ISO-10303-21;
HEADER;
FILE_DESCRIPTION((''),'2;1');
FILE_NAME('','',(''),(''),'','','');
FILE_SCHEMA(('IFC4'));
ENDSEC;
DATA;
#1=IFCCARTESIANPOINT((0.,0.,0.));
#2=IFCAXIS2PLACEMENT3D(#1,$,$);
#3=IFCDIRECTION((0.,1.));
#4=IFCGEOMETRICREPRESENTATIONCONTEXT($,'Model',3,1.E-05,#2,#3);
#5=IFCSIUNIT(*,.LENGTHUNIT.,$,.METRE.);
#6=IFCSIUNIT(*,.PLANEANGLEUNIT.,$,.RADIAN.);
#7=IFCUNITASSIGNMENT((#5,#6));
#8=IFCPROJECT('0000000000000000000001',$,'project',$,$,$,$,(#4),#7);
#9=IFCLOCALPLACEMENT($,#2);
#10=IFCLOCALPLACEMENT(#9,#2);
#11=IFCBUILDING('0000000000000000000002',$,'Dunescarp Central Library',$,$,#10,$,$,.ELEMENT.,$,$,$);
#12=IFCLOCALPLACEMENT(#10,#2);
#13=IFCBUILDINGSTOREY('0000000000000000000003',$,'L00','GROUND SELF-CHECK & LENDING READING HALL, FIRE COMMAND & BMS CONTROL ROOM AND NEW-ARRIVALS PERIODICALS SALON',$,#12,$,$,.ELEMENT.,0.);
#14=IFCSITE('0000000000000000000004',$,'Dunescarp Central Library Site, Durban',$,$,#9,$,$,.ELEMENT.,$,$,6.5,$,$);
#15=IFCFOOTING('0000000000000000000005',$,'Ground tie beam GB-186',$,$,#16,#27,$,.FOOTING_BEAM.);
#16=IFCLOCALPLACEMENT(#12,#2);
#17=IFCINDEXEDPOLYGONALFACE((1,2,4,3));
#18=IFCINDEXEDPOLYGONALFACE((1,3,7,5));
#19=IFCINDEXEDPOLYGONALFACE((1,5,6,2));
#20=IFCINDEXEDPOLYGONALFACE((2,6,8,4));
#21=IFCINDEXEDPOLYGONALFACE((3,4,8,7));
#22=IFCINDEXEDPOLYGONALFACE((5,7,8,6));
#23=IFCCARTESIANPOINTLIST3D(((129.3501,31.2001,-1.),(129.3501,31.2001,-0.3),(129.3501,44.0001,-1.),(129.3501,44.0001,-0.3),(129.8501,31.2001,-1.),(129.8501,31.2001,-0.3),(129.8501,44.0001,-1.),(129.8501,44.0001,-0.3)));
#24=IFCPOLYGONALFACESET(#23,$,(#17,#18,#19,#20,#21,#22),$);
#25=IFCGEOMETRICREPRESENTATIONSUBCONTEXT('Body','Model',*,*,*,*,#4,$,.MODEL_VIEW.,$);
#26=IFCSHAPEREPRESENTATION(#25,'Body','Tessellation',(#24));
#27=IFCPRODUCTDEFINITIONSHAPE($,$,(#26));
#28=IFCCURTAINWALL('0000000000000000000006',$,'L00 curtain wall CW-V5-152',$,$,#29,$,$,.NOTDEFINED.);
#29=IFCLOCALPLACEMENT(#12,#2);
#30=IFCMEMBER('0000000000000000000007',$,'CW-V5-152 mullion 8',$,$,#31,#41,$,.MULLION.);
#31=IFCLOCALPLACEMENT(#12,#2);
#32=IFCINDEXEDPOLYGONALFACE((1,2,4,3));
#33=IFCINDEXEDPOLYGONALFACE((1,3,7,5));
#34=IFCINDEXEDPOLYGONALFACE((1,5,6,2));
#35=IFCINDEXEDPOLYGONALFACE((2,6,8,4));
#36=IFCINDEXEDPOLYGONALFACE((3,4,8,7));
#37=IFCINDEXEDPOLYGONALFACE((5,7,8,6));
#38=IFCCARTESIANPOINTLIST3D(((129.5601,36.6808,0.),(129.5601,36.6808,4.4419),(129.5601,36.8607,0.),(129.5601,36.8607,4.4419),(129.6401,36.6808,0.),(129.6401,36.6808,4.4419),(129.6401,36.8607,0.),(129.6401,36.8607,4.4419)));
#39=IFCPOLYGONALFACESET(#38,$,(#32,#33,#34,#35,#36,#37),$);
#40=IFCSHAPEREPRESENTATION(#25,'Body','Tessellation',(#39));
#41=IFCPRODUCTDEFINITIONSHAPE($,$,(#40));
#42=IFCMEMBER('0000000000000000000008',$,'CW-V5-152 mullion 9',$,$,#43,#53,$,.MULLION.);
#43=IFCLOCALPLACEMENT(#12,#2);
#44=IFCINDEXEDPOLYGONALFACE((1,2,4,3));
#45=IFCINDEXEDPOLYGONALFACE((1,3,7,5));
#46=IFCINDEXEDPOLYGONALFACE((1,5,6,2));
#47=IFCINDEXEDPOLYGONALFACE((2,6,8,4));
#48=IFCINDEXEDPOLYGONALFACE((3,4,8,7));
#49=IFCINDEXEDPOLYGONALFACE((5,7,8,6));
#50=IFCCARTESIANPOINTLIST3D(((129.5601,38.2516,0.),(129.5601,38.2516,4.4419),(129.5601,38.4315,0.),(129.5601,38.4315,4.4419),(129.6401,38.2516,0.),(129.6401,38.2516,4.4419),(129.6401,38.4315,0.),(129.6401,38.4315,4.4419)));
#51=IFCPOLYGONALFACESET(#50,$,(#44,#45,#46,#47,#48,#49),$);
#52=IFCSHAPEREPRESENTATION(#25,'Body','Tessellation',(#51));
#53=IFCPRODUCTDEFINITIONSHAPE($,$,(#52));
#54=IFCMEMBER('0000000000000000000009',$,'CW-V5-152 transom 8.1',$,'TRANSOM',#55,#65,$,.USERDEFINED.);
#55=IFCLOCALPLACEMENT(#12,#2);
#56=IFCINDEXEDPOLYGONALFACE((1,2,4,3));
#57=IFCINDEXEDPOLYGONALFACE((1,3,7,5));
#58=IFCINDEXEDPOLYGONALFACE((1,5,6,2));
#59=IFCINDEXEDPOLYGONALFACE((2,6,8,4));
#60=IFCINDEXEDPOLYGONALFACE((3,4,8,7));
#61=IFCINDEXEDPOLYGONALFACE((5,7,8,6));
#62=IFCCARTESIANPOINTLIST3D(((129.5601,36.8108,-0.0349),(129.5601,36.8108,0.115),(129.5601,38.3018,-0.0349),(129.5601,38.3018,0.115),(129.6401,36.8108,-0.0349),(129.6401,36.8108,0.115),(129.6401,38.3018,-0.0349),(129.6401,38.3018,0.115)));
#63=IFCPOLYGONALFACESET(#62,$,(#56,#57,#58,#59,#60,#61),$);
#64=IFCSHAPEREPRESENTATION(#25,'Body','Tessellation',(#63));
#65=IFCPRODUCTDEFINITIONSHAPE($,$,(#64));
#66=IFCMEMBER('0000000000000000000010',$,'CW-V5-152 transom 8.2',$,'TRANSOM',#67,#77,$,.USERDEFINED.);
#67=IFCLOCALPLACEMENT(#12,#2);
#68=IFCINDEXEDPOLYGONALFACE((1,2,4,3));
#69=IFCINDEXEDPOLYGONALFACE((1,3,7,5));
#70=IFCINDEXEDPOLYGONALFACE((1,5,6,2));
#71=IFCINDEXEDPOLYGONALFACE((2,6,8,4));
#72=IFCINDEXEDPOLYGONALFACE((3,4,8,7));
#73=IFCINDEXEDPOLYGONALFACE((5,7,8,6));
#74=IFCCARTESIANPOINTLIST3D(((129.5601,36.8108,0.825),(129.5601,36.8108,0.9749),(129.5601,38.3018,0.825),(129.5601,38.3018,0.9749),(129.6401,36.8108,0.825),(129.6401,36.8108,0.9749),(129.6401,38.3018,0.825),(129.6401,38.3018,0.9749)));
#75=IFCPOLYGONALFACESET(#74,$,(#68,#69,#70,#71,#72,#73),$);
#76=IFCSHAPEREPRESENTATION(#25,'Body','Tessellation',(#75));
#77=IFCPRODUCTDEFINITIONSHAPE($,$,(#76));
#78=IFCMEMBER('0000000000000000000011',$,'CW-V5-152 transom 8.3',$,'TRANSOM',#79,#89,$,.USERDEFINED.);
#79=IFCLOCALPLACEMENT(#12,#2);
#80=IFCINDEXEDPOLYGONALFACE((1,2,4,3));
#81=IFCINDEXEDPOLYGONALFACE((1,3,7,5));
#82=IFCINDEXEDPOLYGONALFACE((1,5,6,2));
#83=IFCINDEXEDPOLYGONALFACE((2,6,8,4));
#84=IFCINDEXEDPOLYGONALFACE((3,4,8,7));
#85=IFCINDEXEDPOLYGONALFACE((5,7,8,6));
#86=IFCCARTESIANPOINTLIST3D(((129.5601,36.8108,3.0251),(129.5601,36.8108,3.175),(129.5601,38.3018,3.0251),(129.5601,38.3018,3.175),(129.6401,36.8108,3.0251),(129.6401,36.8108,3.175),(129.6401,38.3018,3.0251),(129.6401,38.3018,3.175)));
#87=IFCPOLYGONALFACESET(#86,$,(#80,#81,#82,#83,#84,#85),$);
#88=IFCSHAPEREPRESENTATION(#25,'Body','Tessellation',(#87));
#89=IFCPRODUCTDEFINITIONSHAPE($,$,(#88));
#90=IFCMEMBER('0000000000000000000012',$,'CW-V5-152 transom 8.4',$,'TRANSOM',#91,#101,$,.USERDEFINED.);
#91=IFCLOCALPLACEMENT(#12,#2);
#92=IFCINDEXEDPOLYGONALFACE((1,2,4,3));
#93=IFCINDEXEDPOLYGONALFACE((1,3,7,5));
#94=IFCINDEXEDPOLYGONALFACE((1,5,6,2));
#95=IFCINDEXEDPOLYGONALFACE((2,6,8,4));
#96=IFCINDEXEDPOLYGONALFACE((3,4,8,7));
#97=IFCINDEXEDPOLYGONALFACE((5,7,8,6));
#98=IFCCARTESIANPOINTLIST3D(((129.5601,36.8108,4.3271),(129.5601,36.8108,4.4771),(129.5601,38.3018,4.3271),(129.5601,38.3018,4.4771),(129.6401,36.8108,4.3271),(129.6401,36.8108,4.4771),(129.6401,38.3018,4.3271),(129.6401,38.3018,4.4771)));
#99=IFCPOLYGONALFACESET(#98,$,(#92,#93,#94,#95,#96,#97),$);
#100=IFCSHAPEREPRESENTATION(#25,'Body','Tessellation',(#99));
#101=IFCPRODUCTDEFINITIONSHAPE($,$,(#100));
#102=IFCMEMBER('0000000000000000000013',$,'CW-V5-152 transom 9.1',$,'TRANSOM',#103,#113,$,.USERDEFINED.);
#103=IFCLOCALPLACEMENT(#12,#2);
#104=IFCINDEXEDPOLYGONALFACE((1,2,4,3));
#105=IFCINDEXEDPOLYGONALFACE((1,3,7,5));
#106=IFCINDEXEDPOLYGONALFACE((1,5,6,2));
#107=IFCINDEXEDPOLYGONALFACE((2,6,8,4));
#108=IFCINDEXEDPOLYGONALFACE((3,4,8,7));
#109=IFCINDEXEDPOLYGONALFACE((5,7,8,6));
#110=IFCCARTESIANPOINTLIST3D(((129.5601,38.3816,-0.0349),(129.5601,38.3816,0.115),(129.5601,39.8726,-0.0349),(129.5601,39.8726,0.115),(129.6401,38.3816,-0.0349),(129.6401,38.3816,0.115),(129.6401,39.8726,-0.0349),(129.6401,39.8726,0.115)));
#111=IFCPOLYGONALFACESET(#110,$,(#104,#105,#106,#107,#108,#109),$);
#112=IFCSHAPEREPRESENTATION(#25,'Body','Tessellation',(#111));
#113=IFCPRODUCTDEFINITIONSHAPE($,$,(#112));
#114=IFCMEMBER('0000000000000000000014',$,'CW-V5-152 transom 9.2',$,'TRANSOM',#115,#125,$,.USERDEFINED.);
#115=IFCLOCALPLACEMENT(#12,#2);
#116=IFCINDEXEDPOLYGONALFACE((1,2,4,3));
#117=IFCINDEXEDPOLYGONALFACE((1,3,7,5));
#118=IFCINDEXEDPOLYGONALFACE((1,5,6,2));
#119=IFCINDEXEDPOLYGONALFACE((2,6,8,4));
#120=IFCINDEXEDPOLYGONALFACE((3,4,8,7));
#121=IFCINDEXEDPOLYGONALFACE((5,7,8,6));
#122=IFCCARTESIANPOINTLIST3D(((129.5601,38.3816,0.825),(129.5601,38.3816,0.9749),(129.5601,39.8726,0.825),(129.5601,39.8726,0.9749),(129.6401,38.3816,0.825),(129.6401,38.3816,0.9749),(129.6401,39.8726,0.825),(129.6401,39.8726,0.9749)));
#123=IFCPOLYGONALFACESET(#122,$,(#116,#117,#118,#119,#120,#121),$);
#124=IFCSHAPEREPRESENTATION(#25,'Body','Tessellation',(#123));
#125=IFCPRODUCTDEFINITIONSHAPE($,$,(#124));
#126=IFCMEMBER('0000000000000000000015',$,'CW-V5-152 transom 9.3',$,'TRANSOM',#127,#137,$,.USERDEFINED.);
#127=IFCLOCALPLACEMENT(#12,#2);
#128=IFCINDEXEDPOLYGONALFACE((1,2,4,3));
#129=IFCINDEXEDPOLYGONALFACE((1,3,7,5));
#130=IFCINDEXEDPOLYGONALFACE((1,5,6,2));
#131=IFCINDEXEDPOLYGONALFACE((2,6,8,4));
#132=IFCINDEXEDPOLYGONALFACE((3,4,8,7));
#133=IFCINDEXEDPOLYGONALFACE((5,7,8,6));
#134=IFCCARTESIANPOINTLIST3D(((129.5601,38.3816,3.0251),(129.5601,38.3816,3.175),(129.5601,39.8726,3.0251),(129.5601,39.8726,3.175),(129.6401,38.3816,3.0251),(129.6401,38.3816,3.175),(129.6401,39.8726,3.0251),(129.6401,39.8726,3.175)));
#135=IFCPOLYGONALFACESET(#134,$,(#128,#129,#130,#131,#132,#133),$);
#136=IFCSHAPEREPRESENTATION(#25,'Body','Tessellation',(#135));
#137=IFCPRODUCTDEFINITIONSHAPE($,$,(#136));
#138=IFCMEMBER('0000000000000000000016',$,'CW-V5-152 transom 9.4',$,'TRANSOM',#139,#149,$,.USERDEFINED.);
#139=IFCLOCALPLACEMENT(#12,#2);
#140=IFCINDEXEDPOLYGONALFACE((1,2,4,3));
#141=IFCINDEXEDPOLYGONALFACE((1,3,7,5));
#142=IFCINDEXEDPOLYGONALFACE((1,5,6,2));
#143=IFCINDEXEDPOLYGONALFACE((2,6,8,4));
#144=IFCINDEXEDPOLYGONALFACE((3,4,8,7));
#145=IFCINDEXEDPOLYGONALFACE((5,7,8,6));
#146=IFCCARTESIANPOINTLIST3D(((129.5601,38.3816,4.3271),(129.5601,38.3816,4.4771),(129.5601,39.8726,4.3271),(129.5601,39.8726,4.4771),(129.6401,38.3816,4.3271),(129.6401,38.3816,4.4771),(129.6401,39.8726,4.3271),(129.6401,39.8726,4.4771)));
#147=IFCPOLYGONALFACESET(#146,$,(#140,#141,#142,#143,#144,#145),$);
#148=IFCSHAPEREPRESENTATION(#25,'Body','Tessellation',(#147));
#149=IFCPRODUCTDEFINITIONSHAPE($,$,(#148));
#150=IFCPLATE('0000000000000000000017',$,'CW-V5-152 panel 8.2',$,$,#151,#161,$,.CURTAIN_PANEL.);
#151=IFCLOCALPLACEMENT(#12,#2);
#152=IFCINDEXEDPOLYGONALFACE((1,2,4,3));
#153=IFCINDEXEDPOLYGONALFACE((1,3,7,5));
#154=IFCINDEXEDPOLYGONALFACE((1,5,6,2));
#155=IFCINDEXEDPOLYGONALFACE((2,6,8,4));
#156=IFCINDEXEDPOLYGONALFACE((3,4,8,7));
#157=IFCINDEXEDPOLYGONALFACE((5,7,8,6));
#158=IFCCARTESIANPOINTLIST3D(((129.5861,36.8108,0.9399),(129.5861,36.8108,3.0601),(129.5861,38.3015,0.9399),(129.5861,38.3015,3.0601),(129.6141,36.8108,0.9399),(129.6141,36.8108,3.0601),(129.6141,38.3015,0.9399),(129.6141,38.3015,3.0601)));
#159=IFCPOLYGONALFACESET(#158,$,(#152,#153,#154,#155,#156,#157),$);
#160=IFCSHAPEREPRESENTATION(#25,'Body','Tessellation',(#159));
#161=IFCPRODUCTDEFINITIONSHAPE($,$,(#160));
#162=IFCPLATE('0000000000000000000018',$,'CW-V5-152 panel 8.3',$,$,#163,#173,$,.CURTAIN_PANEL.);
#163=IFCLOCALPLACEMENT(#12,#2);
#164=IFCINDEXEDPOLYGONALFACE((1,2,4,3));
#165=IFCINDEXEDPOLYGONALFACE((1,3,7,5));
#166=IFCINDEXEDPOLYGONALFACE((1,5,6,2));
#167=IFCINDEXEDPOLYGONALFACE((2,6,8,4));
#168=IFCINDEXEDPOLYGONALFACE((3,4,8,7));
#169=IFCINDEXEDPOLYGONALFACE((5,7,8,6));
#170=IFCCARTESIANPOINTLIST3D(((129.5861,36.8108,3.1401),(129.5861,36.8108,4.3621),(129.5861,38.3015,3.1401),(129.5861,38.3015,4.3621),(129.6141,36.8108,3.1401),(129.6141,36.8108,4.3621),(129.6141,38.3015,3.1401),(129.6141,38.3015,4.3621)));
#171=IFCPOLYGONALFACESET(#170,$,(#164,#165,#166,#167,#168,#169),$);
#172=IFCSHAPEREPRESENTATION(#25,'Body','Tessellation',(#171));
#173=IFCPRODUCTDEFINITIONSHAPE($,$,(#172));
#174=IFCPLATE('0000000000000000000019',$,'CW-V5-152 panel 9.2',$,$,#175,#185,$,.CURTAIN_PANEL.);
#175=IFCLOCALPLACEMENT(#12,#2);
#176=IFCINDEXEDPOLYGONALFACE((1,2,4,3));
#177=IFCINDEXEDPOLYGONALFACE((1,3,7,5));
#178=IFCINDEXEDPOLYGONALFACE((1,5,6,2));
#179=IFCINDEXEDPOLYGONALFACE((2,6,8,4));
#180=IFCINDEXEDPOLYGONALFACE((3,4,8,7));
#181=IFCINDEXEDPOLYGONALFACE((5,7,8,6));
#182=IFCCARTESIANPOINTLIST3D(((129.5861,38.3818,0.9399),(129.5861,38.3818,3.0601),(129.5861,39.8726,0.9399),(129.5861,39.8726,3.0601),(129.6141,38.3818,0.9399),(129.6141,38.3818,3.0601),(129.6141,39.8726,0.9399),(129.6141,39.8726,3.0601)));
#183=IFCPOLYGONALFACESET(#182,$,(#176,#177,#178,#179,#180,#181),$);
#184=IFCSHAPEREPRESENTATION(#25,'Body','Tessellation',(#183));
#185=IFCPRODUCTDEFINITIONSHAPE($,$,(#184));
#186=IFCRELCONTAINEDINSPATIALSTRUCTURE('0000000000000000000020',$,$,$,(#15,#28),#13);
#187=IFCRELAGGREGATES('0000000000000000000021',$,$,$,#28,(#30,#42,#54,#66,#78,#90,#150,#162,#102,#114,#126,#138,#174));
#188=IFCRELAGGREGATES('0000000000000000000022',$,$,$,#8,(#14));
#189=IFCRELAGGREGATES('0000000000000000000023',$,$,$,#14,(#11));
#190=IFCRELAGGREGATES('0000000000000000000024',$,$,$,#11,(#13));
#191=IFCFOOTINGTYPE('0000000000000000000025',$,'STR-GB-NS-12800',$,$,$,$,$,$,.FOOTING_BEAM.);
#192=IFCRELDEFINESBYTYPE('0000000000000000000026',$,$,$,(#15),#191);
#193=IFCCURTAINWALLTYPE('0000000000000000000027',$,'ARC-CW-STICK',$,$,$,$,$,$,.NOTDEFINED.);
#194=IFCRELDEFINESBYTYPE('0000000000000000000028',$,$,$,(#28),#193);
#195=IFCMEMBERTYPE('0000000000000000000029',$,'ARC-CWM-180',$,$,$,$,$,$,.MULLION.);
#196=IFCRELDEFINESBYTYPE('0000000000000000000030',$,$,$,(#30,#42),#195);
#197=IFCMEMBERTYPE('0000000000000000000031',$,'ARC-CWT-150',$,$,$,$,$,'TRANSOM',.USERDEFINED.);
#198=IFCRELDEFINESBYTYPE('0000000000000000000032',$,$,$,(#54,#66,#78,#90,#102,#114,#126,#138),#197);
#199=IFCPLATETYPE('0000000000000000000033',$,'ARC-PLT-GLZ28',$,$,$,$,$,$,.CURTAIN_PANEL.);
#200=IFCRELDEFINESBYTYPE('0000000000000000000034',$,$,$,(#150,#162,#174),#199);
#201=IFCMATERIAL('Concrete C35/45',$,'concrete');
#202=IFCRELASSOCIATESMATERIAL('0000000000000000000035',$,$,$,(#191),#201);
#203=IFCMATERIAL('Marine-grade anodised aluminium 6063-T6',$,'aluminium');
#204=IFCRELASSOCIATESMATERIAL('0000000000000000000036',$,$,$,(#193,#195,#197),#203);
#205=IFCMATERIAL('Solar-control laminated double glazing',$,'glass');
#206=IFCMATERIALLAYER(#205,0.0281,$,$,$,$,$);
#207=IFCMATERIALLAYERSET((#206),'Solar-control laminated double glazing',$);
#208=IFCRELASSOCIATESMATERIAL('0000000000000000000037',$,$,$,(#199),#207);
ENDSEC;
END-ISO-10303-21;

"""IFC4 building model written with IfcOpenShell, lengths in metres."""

from ifc_helpers import new_model, si_unit, direction, frame, origin, origin_2d, place, context, subcontext, project, spatial, rectangle, extrude, material, layer, layer_set, material_profile, profile_set, type_object, element, aggregate, save


model = new_model("IFC4")

# Units and contexts
model_context = context("Model", 3, precision=1e-05, world=origin(), true_north=direction((0.0, 1.0)))
body_context = subcontext(model_context, "Body", "Model", "MODEL_VIEW")
ifc_project = project(units=[si_unit("LENGTHUNIT", "METRE"), si_unit("PLANEANGLEUNIT", "RADIAN")], contexts=[model_context])

# Site, building, storey
site_placement = place(None, origin())
site = spatial("IfcSite", under=ifc_project, at=site_placement, Name="Dunescarp Central Library Site, Durban", CompositionType="ELEMENT", RefElevation=6.5)
building_placement = place(site_placement, origin())
building = spatial("IfcBuilding", under=site, at=building_placement, Name="Dunescarp Central Library", CompositionType="ELEMENT")
storey_placement = place(building_placement, origin())
storey = spatial("IfcBuildingStorey", under=building, at=storey_placement, Name="L00", Description="GROUND SELF-CHECK & LENDING READING HALL, FIRE COMMAND & BMS CONTROL ROOM AND NEW-ARRIVALS PERIODICALS SALON", CompositionType="ELEMENT", Elevation=0.0)

# Footing
ifc_material_1 = material(Name="Concrete C35/45", Category="concrete")
footing_type = type_object("IfcFootingType", Name="STR-GB-NS-12800", PredefinedType="FOOTING_BEAM", material=ifc_material_1)
footing_placement = place(storey_placement, frame((129.6001, 37.6001, -1.0), z_axis=(0.0, 0.0, 1.0), x_axis=(0.0, 1.0, 0.0)))
element("IfcFooting", 1, at=footing_placement, inside=storey, type_object=footing_type, Name="Ground tie beam GB-186", PredefinedType="FOOTING_BEAM", context=body_context, shape_type="SweptSolid", body=[
    extrude(rectangle(XDim=12.8, YDim=0.5, at=origin_2d()), origin(), (0.0, 0.0, 1.0), 0.7),
])

# Curtain wall, members, plates
ifc_material_2 = material(Name="Marine-grade anodised aluminium 6063-T6", Category="aluminium")
curtain_wall_type = type_object("IfcCurtainWallType", Name="ARC-CW-STICK", PredefinedType="NOTDEFINED", material=ifc_material_2)
curtain_wall_placement = place(storey_placement, origin())
curtain_wall = element("IfcCurtainWall", 2, at=curtain_wall_placement, inside=storey, type_object=curtain_wall_type, Name="L00 curtain wall CW-V5-152", PredefinedType="NOTDEFINED")
ifc_material_profile_1 = material_profile(ifc_material_2, rectangle(XDim=0.0801, YDim=0.1799, at=origin_2d()), Name="AL 80x180")
ifc_profile_set_1 = profile_set([ifc_material_profile_1], Name="Marine-grade anodised aluminium 6063-T6")
member_type_1 = type_object("IfcMemberType", Name="ARC-CWM-180", PredefinedType="MULLION", material=ifc_profile_set_1)
member_1_placement = place(storey_placement, frame((129.6001, 36.7708, 0.0), z_axis=(0.0, 0.0, 1.0), x_axis=(-1.0, 0.0, 0.0)))
member_1 = element("IfcMember", 3, at=member_1_placement, type_object=member_type_1, Name="CW-V5-152 mullion 8", PredefinedType="MULLION", context=body_context, shape_type="SweptSolid", body=[
    extrude(rectangle(XDim=0.0801, YDim=0.1799, at=origin_2d()), origin(), (0.0, 0.0, 1.0), 4.4419),
])
member_2_placement = place(storey_placement, frame((129.6001, 38.3416, 0.0), z_axis=(0.0, 0.0, 1.0), x_axis=(-1.0, 0.0, 0.0)))
member_2 = element("IfcMember", 4, at=member_2_placement, type_object=member_type_1, Name="CW-V5-152 mullion 9", PredefinedType="MULLION", context=body_context, shape_type="SweptSolid", body=[
    extrude(rectangle(XDim=0.0801, YDim=0.1799, at=origin_2d()), origin(), (0.0, 0.0, 1.0), 4.4419),
])
ifc_material_profile_2 = material_profile(ifc_material_2, rectangle(XDim=0.0801, YDim=0.1499, at=origin_2d()), Name="AL 80x150")
ifc_profile_set_2 = profile_set([ifc_material_profile_2], Name="Marine-grade anodised aluminium 6063-T6")
member_type_2 = type_object("IfcMemberType", Name="ARC-CWT-150", ElementType="TRANSOM", PredefinedType="USERDEFINED", material=ifc_profile_set_2)
member_3_placement = place(storey_placement, frame((129.6001, 36.8108, 0.04), z_axis=(0.0, 1.0, 0.0), x_axis=(-1.0, 0.0, 0.0)))
member_3 = element("IfcMember", 5, at=member_3_placement, type_object=member_type_2, Name="CW-V5-152 transom 8.1", ObjectType="TRANSOM", PredefinedType="USERDEFINED", context=body_context, shape_type="SweptSolid", body=[
    extrude(rectangle(XDim=0.0801, YDim=0.1499, at=origin_2d()), origin(), (0.0, 0.0, 1.0), 1.491),
])
member_4_placement = place(storey_placement, frame((129.6001, 36.8108, 0.8999), z_axis=(0.0, 1.0, 0.0), x_axis=(-1.0, 0.0, 0.0)))
member_4 = element("IfcMember", 6, at=member_4_placement, type_object=member_type_2, Name="CW-V5-152 transom 8.2", ObjectType="TRANSOM", PredefinedType="USERDEFINED", context=body_context, shape_type="SweptSolid", body=[
    extrude(rectangle(XDim=0.0801, YDim=0.1499, at=origin_2d()), origin(), (0.0, 0.0, 1.0), 1.491),
])
member_5_placement = place(storey_placement, frame((129.6001, 36.8108, 3.1001), z_axis=(0.0, 1.0, 0.0), x_axis=(-1.0, 0.0, 0.0)))
member_5 = element("IfcMember", 7, at=member_5_placement, type_object=member_type_2, Name="CW-V5-152 transom 8.3", ObjectType="TRANSOM", PredefinedType="USERDEFINED", context=body_context, shape_type="SweptSolid", body=[
    extrude(rectangle(XDim=0.0801, YDim=0.1499, at=origin_2d()), origin(), (0.0, 0.0, 1.0), 1.491),
])
member_6_placement = place(storey_placement, frame((129.6001, 36.8108, 4.4021), z_axis=(0.0, 1.0, 0.0), x_axis=(-1.0, 0.0, 0.0)))
member_6 = element("IfcMember", 8, at=member_6_placement, type_object=member_type_2, Name="CW-V5-152 transom 8.4", ObjectType="TRANSOM", PredefinedType="USERDEFINED", context=body_context, shape_type="SweptSolid", body=[
    extrude(rectangle(XDim=0.0801, YDim=0.1499, at=origin_2d()), origin(), (0.0, 0.0, 1.0), 1.491),
])
member_7_placement = place(storey_placement, frame((129.6001, 38.3816, 0.04), z_axis=(0.0, 1.0, 0.0), x_axis=(-1.0, 0.0, 0.0)))
member_7 = element("IfcMember", 9, at=member_7_placement, type_object=member_type_2, Name="CW-V5-152 transom 9.1", ObjectType="TRANSOM", PredefinedType="USERDEFINED", context=body_context, shape_type="SweptSolid", body=[
    extrude(rectangle(XDim=0.0801, YDim=0.1499, at=origin_2d()), origin(), (0.0, 0.0, 1.0), 1.491),
])
member_8_placement = place(storey_placement, frame((129.6001, 38.3816, 0.8999), z_axis=(0.0, 1.0, 0.0), x_axis=(-1.0, 0.0, 0.0)))
member_8 = element("IfcMember", 10, at=member_8_placement, type_object=member_type_2, Name="CW-V5-152 transom 9.2", ObjectType="TRANSOM", PredefinedType="USERDEFINED", context=body_context, shape_type="SweptSolid", body=[
    extrude(rectangle(XDim=0.0801, YDim=0.1499, at=origin_2d()), origin(), (0.0, 0.0, 1.0), 1.491),
])
member_9_placement = place(storey_placement, frame((129.6001, 38.3816, 3.1001), z_axis=(0.0, 1.0, 0.0), x_axis=(-1.0, 0.0, 0.0)))
member_9 = element("IfcMember", 11, at=member_9_placement, type_object=member_type_2, Name="CW-V5-152 transom 9.3", ObjectType="TRANSOM", PredefinedType="USERDEFINED", context=body_context, shape_type="SweptSolid", body=[
    extrude(rectangle(XDim=0.0801, YDim=0.1499, at=origin_2d()), origin(), (0.0, 0.0, 1.0), 1.491),
])
member_10_placement = place(storey_placement, frame((129.6001, 38.3816, 4.4021), z_axis=(0.0, 1.0, 0.0), x_axis=(-1.0, 0.0, 0.0)))
member_10 = element("IfcMember", 12, at=member_10_placement, type_object=member_type_2, Name="CW-V5-152 transom 9.4", ObjectType="TRANSOM", PredefinedType="USERDEFINED", context=body_context, shape_type="SweptSolid", body=[
    extrude(rectangle(XDim=0.0801, YDim=0.1499, at=origin_2d()), origin(), (0.0, 0.0, 1.0), 1.491),
])
ifc_material_3 = material(Name="Solar-control laminated double glazing", Category="glass")
ifc_layer_1 = layer(ifc_material_3, 0.0281)
ifc_layer_set_1 = layer_set([ifc_layer_1], Name="Solar-control laminated double glazing")
plate_type_1 = type_object("IfcPlateType", Name="ARC-PLT-GLZ28", PredefinedType="CURTAIN_PANEL", material=ifc_layer_set_1)
plate_1_placement = place(storey_placement, frame((129.6001, 37.5562, 0.9399), z_axis=(0.0, 0.0, 1.0), x_axis=(0.0, 1.0, 0.0)))
plate_1 = element("IfcPlate", 13, at=plate_1_placement, type_object=plate_type_1, Name="CW-V5-152 panel 8.2", PredefinedType="CURTAIN_PANEL", context=body_context, shape_type="SweptSolid", body=[
    extrude(rectangle(XDim=1.4907, YDim=0.0281, at=origin_2d()), origin(), (0.0, 0.0, 1.0), 2.1201),
])
plate_2_placement = place(storey_placement, frame((129.6001, 37.5562, 3.1401), z_axis=(0.0, 0.0, 1.0), x_axis=(0.0, 1.0, 0.0)))
plate_2 = element("IfcPlate", 14, at=plate_2_placement, type_object=plate_type_1, Name="CW-V5-152 panel 8.3", PredefinedType="CURTAIN_PANEL", context=body_context, shape_type="SweptSolid", body=[
    extrude(rectangle(XDim=1.4907, YDim=0.0281, at=origin_2d()), origin(), (0.0, 0.0, 1.0), 1.2219),
])
plate_3_placement = place(storey_placement, frame((129.6001, 39.1272, 0.9399), z_axis=(0.0, 0.0, 1.0), x_axis=(0.0, 1.0, 0.0)))
plate_3 = element("IfcPlate", 15, at=plate_3_placement, type_object=plate_type_1, Name="CW-V5-152 panel 9.2", PredefinedType="CURTAIN_PANEL", context=body_context, shape_type="SweptSolid", body=[
    extrude(rectangle(XDim=1.4907, YDim=0.0281, at=origin_2d()), origin(), (0.0, 0.0, 1.0), 2.1201),
])
aggregate(curtain_wall, [member_1, member_2, member_3, member_4, member_5, member_6, plate_1, plate_2, member_7, member_8, member_9, member_10, plate_3])

save(model, "model.ifc")
